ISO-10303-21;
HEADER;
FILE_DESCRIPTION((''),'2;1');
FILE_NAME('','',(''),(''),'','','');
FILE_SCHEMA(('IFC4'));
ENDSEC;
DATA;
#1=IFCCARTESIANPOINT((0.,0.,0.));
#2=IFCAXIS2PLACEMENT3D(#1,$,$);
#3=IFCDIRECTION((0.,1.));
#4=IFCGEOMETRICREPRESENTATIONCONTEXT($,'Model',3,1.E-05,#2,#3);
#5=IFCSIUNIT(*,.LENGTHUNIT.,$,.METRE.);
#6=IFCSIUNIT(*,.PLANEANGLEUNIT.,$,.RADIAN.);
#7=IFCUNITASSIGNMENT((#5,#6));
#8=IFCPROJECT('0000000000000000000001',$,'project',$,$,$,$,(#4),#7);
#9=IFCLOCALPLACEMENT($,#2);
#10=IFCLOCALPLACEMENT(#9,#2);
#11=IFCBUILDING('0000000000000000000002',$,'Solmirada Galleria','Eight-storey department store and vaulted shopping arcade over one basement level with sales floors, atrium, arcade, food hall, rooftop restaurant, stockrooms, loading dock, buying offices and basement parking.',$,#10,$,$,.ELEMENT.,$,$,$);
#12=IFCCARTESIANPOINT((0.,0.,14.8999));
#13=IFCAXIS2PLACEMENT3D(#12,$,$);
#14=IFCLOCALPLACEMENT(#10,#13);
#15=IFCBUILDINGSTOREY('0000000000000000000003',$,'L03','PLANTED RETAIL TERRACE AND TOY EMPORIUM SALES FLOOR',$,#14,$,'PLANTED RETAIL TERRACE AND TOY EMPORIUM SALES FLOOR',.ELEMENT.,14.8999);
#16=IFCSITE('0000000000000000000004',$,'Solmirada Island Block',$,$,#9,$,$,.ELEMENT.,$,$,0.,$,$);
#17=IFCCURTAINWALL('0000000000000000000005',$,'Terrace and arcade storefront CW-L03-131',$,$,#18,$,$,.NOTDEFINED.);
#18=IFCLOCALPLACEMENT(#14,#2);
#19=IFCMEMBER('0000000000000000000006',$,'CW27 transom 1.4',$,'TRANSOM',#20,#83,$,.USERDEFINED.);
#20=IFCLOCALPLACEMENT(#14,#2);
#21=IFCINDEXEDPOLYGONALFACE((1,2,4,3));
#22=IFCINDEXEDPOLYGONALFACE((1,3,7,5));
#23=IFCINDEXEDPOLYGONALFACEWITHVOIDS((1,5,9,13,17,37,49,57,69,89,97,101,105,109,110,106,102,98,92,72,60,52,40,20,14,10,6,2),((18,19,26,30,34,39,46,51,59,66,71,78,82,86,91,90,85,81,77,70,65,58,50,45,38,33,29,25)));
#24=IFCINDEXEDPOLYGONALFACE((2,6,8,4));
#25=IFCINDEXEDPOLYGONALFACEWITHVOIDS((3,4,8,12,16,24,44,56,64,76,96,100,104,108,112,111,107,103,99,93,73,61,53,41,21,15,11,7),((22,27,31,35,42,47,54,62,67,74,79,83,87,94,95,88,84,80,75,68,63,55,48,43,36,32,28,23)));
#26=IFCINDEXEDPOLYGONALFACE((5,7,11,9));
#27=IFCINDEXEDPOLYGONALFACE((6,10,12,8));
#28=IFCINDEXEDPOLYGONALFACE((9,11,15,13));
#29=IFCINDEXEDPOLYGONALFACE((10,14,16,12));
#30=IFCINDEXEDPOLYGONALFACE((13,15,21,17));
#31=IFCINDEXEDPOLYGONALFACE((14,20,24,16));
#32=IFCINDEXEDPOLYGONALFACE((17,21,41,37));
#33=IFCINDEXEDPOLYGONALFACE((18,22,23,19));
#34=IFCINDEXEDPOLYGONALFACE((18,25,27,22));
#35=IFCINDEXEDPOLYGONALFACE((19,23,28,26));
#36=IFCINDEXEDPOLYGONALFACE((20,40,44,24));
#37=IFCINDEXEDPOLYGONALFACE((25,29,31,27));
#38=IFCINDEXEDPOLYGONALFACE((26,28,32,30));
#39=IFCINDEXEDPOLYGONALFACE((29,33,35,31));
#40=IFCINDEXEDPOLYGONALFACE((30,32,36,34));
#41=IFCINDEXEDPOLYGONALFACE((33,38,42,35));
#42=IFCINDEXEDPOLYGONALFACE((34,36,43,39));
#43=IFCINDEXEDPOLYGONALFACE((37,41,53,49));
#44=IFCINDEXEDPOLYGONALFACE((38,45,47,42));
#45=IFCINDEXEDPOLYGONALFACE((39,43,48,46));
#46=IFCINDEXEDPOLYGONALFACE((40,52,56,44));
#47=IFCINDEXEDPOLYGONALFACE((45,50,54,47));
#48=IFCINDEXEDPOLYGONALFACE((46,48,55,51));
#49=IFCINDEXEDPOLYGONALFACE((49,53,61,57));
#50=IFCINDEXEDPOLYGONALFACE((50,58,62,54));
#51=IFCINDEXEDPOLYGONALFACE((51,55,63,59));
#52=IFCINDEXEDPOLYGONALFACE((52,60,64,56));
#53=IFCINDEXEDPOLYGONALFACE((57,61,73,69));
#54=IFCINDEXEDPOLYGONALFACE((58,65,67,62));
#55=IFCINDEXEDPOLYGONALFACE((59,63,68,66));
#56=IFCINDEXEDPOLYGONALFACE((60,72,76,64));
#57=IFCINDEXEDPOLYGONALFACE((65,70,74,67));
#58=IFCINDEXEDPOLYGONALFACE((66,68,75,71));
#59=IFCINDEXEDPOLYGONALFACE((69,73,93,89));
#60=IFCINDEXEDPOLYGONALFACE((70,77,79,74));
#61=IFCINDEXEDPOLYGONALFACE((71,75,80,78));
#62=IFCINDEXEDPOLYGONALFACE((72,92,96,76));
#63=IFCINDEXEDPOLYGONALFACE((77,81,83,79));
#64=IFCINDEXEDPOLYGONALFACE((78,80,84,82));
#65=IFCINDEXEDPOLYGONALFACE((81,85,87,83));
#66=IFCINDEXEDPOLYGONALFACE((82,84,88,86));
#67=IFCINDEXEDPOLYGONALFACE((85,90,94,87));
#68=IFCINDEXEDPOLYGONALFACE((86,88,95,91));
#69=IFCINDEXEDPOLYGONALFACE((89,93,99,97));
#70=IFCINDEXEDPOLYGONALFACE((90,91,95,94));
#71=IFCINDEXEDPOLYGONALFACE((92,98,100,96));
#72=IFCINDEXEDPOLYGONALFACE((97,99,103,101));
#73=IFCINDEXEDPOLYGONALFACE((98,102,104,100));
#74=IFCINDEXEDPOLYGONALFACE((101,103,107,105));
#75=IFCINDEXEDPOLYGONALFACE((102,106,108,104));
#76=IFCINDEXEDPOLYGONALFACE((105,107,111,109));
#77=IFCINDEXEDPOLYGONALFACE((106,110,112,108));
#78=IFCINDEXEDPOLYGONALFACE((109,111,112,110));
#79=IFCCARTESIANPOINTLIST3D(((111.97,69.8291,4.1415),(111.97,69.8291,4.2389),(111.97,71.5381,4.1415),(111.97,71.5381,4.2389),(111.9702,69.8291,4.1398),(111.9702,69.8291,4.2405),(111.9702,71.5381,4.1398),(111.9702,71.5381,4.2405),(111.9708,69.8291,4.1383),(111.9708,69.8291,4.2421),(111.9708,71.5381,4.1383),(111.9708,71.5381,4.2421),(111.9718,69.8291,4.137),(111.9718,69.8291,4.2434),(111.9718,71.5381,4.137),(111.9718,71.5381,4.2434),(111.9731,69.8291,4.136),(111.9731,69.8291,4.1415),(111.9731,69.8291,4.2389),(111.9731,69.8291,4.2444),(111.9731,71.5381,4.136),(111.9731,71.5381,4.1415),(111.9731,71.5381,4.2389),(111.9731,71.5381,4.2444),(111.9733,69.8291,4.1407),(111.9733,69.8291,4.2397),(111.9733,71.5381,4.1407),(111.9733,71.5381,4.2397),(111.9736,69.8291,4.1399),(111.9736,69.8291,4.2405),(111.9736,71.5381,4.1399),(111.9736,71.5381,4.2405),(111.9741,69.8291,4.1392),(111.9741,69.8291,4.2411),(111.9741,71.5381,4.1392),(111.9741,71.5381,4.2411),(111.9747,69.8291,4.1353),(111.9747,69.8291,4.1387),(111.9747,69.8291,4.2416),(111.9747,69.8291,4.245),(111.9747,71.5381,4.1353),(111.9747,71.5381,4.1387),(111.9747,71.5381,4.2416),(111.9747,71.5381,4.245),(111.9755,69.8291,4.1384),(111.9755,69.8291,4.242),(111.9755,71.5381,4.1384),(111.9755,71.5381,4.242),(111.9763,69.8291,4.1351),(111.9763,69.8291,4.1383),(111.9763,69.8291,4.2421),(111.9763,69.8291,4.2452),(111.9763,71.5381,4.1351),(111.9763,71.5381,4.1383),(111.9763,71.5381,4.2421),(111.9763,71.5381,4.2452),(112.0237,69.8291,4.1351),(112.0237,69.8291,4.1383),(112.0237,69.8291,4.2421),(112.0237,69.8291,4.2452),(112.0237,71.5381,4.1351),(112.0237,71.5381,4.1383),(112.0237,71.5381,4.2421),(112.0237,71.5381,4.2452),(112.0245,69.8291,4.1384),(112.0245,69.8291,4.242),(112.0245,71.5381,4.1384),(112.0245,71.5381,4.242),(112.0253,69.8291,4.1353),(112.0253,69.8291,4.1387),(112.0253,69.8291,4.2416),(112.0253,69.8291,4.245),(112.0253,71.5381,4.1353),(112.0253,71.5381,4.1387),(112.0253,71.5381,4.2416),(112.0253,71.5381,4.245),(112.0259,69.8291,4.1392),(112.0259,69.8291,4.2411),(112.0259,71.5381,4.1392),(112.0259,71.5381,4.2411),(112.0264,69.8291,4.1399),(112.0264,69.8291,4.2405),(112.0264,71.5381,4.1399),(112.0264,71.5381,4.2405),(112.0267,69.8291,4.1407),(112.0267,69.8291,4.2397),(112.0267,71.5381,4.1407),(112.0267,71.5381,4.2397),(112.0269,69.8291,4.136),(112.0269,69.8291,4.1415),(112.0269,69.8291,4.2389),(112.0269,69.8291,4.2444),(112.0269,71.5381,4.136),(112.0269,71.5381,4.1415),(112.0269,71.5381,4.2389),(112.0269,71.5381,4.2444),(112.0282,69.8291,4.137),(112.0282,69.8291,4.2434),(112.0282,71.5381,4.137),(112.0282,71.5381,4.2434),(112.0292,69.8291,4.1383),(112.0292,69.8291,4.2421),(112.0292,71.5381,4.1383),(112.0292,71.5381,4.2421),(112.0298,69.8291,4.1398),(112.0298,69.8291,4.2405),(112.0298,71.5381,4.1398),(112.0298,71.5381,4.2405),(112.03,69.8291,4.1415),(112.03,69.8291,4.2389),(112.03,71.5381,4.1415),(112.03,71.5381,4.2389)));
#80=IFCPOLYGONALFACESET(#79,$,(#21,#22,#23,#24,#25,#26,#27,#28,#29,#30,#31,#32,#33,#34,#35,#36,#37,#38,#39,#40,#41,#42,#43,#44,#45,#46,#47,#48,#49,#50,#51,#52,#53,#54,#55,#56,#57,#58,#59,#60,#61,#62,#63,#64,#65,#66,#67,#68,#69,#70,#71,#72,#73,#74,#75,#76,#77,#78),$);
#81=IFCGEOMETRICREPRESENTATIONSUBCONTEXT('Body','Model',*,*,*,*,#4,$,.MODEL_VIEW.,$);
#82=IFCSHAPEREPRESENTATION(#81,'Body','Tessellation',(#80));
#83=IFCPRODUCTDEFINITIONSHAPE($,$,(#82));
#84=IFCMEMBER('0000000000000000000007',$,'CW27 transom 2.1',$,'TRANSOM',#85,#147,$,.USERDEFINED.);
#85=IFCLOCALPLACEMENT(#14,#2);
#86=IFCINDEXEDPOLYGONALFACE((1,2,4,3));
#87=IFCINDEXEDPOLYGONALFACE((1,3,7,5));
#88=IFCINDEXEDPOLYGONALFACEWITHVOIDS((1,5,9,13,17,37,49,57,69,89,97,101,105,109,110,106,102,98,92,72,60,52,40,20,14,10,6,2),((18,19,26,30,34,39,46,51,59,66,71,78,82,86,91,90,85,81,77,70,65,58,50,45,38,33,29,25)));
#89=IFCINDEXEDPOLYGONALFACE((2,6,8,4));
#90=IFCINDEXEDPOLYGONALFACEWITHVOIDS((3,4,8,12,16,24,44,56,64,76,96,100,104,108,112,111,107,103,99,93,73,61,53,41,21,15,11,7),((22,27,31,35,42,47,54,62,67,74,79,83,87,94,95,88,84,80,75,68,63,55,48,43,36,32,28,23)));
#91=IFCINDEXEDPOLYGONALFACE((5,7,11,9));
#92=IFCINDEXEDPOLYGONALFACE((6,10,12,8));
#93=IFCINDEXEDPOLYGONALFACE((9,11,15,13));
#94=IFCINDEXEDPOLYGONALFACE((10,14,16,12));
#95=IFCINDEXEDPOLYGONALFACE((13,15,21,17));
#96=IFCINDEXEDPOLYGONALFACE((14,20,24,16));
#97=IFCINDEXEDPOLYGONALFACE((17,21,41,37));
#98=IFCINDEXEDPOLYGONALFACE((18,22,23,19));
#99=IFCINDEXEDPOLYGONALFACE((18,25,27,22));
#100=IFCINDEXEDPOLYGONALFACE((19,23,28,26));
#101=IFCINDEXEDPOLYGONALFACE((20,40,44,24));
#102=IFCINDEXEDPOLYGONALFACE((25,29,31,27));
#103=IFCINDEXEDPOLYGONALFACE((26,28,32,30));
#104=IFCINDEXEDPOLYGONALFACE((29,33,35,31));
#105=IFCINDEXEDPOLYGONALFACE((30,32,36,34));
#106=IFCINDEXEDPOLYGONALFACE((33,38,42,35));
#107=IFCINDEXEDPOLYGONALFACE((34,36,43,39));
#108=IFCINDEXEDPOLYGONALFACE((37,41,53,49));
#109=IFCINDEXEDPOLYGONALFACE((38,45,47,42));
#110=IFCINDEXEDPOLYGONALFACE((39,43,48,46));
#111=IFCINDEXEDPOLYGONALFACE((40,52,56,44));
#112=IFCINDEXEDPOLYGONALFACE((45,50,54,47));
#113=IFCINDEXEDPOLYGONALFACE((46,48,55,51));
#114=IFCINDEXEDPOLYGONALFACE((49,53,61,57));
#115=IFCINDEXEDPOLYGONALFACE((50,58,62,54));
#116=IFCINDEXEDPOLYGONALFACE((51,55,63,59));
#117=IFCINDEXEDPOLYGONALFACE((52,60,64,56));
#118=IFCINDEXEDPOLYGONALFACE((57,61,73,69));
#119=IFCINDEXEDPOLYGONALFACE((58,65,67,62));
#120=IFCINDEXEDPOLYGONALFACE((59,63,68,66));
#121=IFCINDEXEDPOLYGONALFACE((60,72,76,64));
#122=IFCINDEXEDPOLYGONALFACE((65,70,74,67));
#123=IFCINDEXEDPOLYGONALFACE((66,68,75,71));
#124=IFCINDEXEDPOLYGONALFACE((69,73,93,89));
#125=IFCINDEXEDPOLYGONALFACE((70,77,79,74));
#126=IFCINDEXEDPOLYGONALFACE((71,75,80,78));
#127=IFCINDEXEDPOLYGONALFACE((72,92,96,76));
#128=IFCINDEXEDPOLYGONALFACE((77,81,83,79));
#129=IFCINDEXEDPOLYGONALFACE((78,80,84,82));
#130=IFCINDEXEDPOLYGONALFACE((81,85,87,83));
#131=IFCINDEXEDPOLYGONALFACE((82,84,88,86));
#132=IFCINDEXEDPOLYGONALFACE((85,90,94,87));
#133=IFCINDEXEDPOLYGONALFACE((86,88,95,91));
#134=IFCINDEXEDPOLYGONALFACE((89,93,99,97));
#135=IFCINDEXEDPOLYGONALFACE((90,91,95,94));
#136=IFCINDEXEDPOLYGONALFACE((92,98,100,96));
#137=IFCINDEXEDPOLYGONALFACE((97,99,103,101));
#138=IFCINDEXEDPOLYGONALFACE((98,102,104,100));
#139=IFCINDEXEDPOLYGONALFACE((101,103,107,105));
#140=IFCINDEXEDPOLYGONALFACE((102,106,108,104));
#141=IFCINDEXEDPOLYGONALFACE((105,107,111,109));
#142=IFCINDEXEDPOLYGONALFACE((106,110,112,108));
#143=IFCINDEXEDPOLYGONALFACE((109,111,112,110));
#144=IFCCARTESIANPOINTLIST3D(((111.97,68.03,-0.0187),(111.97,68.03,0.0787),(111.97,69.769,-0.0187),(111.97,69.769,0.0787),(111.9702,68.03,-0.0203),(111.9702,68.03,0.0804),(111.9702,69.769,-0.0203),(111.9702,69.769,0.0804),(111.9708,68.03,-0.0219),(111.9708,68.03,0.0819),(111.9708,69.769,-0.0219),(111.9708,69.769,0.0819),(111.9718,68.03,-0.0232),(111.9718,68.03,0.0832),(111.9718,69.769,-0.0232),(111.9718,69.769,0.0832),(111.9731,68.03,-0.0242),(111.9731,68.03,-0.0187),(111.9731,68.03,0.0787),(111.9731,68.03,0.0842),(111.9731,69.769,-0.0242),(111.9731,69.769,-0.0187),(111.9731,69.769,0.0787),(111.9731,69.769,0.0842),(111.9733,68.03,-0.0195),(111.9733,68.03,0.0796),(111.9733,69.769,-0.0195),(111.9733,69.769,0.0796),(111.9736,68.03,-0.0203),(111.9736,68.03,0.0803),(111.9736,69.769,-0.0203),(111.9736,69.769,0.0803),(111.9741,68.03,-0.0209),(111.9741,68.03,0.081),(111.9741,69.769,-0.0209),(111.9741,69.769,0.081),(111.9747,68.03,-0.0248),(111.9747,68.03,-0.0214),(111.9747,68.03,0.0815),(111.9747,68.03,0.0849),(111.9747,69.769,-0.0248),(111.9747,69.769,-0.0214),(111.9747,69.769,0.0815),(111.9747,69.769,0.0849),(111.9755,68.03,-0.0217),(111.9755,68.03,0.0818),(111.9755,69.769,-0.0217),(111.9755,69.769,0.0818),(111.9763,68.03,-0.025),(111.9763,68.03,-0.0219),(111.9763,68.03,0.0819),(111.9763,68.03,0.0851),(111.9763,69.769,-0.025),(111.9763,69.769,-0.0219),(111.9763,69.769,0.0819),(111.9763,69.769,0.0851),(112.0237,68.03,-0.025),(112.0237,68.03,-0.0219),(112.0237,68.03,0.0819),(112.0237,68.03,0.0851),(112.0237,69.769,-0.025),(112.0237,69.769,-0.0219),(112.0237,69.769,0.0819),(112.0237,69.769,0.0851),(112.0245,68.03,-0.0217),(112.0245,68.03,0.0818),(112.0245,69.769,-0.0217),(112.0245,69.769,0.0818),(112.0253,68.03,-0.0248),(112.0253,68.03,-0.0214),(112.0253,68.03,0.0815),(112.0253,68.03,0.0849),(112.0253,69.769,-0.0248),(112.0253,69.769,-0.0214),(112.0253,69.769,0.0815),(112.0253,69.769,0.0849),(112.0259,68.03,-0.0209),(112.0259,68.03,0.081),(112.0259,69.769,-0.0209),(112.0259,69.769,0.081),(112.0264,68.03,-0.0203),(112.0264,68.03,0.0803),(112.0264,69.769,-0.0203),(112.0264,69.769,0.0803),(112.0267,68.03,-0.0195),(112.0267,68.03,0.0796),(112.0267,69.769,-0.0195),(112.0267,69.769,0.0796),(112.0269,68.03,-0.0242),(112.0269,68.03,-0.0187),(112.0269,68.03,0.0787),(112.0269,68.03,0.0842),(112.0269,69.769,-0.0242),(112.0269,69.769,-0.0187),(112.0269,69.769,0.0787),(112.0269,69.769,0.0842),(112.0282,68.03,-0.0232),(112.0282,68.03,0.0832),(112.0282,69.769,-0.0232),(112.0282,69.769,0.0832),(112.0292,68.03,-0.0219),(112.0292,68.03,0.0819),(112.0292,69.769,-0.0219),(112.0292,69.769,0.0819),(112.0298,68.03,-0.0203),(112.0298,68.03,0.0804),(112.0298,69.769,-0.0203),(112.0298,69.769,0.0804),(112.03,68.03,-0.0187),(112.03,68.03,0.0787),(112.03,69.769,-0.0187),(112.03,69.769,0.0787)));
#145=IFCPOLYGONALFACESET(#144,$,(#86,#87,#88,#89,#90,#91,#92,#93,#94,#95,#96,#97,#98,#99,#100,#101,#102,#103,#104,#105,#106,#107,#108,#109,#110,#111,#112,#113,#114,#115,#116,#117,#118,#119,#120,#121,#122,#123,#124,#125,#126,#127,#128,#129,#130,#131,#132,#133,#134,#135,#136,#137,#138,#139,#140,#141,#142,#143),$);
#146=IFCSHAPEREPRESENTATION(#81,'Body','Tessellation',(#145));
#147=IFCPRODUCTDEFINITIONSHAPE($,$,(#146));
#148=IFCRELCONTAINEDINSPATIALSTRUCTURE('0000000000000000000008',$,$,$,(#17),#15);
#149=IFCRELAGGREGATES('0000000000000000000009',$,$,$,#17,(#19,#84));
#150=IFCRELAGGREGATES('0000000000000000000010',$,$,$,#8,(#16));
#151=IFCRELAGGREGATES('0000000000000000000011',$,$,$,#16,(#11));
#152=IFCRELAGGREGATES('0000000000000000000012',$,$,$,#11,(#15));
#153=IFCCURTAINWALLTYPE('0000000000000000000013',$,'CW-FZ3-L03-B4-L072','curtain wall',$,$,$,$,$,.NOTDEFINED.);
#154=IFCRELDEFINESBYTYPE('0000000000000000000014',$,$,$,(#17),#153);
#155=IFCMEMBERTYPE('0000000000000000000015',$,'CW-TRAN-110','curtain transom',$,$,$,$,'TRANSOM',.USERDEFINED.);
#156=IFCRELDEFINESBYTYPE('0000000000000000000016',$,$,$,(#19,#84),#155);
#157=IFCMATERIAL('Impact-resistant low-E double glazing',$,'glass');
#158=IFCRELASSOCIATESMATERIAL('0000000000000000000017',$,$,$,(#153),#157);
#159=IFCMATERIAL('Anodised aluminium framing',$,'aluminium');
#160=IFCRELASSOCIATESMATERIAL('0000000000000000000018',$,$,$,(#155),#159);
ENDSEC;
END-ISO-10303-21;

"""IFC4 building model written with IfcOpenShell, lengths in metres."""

from ifc_helpers import new_model, si_unit, direction, frame, origin, origin_2d, place, context, subcontext, project, spatial, hollow_rectangle, extrude, material, material_profile, profile_set, type_object, element, aggregate, save


model = new_model("IFC4")

# Units and contexts
model_context = context("Model", 3, precision=1e-05, world=origin(), true_north=direction((0.0, 1.0)))
body_context = subcontext(model_context, "Body", "Model", "MODEL_VIEW")
ifc_project = project(units=[si_unit("LENGTHUNIT", "METRE"), si_unit("PLANEANGLEUNIT", "RADIAN")], contexts=[model_context])

# Site, building, storey
site_placement = place(None, origin())
site = spatial("IfcSite", under=ifc_project, at=site_placement, Name="Solmirada Island Block", CompositionType="ELEMENT", RefElevation=0.0)
building_placement = place(site_placement, origin())
building = spatial("IfcBuilding", under=site, at=building_placement, Name="Solmirada Galleria", Description="Eight-storey department store and vaulted shopping arcade over one basement level with sales floors, atrium, arcade, food hall, rooftop restaurant, stockrooms, loading dock, buying offices and basement parking.", CompositionType="ELEMENT")
storey_placement = place(building_placement, frame((0.0, 0.0, 14.8999)))
storey = spatial("IfcBuildingStorey", under=building, at=storey_placement, Name="L03", Description="PLANTED RETAIL TERRACE AND TOY EMPORIUM SALES FLOOR", LongName="PLANTED RETAIL TERRACE AND TOY EMPORIUM SALES FLOOR", CompositionType="ELEMENT", Elevation=14.8999)

# Curtain wall, members
ifc_material_1 = material(Name="Impact-resistant low-E double glazing", Category="glass")
curtain_wall_type = type_object("IfcCurtainWallType", Name="CW-FZ3-L03-B4-L072", Description="curtain wall", PredefinedType="NOTDEFINED", material=ifc_material_1)
curtain_wall_placement = place(storey_placement, origin())
curtain_wall = element("IfcCurtainWall", 1, at=curtain_wall_placement, inside=storey, type_object=curtain_wall_type, Name="Terrace and arcade storefront CW-L03-131", PredefinedType="NOTDEFINED")
ifc_material_2 = material(Name="Anodised aluminium framing", Category="aluminium")
ifc_material_profile_1 = material_profile(ifc_material_2, hollow_rectangle(XDim=0.0601, YDim=0.1101, WallThickness=0.0032, InnerFilletRadius=0.0032, OuterFilletRadius=0.0063, at=origin_2d()), Name="ALU-TRAN-110X60")
ifc_profile_set_1 = profile_set([ifc_material_profile_1], Name="Anodised aluminium framing")
member_type_1 = type_object("IfcMemberType", Name="CW-TRAN-110", Description="curtain transom", ElementType="TRANSOM", PredefinedType="USERDEFINED", material=ifc_profile_set_1)
member_1_placement = place(storey_placement, frame((112.0, 71.5381, 4.1902), z_axis=(0.0, -1.0, 0.0), x_axis=(1.0, 0.0, 0.0)))
member_1 = element("IfcMember", 2, at=member_1_placement, type_object=member_type_1, Name="CW27 transom 1.4", ObjectType="TRANSOM", PredefinedType="USERDEFINED", context=body_context, shape_type="SweptSolid", body=[
    extrude(hollow_rectangle(XDim=0.0601, YDim=0.1101, WallThickness=0.0032, InnerFilletRadius=0.0032, OuterFilletRadius=0.0063, at=origin_2d()), origin(), (0.0, 0.0, 1.0), 1.709),
])
member_2_placement = place(storey_placement, frame((112.0, 69.769, 0.03), z_axis=(0.0, -1.0, 0.0), x_axis=(1.0, 0.0, 0.0)))
member_2 = element("IfcMember", 3, at=member_2_placement, type_object=member_type_1, Name="CW27 transom 2.1", ObjectType="TRANSOM", PredefinedType="USERDEFINED", context=body_context, shape_type="SweptSolid", body=[
    extrude(hollow_rectangle(XDim=0.0601, YDim=0.1101, WallThickness=0.0032, InnerFilletRadius=0.0032, OuterFilletRadius=0.0063, at=origin_2d()), origin(), (0.0, 0.0, 1.0), 1.739),
])
aggregate(curtain_wall, [member_1, member_2])

save(model, "model.ifc")
